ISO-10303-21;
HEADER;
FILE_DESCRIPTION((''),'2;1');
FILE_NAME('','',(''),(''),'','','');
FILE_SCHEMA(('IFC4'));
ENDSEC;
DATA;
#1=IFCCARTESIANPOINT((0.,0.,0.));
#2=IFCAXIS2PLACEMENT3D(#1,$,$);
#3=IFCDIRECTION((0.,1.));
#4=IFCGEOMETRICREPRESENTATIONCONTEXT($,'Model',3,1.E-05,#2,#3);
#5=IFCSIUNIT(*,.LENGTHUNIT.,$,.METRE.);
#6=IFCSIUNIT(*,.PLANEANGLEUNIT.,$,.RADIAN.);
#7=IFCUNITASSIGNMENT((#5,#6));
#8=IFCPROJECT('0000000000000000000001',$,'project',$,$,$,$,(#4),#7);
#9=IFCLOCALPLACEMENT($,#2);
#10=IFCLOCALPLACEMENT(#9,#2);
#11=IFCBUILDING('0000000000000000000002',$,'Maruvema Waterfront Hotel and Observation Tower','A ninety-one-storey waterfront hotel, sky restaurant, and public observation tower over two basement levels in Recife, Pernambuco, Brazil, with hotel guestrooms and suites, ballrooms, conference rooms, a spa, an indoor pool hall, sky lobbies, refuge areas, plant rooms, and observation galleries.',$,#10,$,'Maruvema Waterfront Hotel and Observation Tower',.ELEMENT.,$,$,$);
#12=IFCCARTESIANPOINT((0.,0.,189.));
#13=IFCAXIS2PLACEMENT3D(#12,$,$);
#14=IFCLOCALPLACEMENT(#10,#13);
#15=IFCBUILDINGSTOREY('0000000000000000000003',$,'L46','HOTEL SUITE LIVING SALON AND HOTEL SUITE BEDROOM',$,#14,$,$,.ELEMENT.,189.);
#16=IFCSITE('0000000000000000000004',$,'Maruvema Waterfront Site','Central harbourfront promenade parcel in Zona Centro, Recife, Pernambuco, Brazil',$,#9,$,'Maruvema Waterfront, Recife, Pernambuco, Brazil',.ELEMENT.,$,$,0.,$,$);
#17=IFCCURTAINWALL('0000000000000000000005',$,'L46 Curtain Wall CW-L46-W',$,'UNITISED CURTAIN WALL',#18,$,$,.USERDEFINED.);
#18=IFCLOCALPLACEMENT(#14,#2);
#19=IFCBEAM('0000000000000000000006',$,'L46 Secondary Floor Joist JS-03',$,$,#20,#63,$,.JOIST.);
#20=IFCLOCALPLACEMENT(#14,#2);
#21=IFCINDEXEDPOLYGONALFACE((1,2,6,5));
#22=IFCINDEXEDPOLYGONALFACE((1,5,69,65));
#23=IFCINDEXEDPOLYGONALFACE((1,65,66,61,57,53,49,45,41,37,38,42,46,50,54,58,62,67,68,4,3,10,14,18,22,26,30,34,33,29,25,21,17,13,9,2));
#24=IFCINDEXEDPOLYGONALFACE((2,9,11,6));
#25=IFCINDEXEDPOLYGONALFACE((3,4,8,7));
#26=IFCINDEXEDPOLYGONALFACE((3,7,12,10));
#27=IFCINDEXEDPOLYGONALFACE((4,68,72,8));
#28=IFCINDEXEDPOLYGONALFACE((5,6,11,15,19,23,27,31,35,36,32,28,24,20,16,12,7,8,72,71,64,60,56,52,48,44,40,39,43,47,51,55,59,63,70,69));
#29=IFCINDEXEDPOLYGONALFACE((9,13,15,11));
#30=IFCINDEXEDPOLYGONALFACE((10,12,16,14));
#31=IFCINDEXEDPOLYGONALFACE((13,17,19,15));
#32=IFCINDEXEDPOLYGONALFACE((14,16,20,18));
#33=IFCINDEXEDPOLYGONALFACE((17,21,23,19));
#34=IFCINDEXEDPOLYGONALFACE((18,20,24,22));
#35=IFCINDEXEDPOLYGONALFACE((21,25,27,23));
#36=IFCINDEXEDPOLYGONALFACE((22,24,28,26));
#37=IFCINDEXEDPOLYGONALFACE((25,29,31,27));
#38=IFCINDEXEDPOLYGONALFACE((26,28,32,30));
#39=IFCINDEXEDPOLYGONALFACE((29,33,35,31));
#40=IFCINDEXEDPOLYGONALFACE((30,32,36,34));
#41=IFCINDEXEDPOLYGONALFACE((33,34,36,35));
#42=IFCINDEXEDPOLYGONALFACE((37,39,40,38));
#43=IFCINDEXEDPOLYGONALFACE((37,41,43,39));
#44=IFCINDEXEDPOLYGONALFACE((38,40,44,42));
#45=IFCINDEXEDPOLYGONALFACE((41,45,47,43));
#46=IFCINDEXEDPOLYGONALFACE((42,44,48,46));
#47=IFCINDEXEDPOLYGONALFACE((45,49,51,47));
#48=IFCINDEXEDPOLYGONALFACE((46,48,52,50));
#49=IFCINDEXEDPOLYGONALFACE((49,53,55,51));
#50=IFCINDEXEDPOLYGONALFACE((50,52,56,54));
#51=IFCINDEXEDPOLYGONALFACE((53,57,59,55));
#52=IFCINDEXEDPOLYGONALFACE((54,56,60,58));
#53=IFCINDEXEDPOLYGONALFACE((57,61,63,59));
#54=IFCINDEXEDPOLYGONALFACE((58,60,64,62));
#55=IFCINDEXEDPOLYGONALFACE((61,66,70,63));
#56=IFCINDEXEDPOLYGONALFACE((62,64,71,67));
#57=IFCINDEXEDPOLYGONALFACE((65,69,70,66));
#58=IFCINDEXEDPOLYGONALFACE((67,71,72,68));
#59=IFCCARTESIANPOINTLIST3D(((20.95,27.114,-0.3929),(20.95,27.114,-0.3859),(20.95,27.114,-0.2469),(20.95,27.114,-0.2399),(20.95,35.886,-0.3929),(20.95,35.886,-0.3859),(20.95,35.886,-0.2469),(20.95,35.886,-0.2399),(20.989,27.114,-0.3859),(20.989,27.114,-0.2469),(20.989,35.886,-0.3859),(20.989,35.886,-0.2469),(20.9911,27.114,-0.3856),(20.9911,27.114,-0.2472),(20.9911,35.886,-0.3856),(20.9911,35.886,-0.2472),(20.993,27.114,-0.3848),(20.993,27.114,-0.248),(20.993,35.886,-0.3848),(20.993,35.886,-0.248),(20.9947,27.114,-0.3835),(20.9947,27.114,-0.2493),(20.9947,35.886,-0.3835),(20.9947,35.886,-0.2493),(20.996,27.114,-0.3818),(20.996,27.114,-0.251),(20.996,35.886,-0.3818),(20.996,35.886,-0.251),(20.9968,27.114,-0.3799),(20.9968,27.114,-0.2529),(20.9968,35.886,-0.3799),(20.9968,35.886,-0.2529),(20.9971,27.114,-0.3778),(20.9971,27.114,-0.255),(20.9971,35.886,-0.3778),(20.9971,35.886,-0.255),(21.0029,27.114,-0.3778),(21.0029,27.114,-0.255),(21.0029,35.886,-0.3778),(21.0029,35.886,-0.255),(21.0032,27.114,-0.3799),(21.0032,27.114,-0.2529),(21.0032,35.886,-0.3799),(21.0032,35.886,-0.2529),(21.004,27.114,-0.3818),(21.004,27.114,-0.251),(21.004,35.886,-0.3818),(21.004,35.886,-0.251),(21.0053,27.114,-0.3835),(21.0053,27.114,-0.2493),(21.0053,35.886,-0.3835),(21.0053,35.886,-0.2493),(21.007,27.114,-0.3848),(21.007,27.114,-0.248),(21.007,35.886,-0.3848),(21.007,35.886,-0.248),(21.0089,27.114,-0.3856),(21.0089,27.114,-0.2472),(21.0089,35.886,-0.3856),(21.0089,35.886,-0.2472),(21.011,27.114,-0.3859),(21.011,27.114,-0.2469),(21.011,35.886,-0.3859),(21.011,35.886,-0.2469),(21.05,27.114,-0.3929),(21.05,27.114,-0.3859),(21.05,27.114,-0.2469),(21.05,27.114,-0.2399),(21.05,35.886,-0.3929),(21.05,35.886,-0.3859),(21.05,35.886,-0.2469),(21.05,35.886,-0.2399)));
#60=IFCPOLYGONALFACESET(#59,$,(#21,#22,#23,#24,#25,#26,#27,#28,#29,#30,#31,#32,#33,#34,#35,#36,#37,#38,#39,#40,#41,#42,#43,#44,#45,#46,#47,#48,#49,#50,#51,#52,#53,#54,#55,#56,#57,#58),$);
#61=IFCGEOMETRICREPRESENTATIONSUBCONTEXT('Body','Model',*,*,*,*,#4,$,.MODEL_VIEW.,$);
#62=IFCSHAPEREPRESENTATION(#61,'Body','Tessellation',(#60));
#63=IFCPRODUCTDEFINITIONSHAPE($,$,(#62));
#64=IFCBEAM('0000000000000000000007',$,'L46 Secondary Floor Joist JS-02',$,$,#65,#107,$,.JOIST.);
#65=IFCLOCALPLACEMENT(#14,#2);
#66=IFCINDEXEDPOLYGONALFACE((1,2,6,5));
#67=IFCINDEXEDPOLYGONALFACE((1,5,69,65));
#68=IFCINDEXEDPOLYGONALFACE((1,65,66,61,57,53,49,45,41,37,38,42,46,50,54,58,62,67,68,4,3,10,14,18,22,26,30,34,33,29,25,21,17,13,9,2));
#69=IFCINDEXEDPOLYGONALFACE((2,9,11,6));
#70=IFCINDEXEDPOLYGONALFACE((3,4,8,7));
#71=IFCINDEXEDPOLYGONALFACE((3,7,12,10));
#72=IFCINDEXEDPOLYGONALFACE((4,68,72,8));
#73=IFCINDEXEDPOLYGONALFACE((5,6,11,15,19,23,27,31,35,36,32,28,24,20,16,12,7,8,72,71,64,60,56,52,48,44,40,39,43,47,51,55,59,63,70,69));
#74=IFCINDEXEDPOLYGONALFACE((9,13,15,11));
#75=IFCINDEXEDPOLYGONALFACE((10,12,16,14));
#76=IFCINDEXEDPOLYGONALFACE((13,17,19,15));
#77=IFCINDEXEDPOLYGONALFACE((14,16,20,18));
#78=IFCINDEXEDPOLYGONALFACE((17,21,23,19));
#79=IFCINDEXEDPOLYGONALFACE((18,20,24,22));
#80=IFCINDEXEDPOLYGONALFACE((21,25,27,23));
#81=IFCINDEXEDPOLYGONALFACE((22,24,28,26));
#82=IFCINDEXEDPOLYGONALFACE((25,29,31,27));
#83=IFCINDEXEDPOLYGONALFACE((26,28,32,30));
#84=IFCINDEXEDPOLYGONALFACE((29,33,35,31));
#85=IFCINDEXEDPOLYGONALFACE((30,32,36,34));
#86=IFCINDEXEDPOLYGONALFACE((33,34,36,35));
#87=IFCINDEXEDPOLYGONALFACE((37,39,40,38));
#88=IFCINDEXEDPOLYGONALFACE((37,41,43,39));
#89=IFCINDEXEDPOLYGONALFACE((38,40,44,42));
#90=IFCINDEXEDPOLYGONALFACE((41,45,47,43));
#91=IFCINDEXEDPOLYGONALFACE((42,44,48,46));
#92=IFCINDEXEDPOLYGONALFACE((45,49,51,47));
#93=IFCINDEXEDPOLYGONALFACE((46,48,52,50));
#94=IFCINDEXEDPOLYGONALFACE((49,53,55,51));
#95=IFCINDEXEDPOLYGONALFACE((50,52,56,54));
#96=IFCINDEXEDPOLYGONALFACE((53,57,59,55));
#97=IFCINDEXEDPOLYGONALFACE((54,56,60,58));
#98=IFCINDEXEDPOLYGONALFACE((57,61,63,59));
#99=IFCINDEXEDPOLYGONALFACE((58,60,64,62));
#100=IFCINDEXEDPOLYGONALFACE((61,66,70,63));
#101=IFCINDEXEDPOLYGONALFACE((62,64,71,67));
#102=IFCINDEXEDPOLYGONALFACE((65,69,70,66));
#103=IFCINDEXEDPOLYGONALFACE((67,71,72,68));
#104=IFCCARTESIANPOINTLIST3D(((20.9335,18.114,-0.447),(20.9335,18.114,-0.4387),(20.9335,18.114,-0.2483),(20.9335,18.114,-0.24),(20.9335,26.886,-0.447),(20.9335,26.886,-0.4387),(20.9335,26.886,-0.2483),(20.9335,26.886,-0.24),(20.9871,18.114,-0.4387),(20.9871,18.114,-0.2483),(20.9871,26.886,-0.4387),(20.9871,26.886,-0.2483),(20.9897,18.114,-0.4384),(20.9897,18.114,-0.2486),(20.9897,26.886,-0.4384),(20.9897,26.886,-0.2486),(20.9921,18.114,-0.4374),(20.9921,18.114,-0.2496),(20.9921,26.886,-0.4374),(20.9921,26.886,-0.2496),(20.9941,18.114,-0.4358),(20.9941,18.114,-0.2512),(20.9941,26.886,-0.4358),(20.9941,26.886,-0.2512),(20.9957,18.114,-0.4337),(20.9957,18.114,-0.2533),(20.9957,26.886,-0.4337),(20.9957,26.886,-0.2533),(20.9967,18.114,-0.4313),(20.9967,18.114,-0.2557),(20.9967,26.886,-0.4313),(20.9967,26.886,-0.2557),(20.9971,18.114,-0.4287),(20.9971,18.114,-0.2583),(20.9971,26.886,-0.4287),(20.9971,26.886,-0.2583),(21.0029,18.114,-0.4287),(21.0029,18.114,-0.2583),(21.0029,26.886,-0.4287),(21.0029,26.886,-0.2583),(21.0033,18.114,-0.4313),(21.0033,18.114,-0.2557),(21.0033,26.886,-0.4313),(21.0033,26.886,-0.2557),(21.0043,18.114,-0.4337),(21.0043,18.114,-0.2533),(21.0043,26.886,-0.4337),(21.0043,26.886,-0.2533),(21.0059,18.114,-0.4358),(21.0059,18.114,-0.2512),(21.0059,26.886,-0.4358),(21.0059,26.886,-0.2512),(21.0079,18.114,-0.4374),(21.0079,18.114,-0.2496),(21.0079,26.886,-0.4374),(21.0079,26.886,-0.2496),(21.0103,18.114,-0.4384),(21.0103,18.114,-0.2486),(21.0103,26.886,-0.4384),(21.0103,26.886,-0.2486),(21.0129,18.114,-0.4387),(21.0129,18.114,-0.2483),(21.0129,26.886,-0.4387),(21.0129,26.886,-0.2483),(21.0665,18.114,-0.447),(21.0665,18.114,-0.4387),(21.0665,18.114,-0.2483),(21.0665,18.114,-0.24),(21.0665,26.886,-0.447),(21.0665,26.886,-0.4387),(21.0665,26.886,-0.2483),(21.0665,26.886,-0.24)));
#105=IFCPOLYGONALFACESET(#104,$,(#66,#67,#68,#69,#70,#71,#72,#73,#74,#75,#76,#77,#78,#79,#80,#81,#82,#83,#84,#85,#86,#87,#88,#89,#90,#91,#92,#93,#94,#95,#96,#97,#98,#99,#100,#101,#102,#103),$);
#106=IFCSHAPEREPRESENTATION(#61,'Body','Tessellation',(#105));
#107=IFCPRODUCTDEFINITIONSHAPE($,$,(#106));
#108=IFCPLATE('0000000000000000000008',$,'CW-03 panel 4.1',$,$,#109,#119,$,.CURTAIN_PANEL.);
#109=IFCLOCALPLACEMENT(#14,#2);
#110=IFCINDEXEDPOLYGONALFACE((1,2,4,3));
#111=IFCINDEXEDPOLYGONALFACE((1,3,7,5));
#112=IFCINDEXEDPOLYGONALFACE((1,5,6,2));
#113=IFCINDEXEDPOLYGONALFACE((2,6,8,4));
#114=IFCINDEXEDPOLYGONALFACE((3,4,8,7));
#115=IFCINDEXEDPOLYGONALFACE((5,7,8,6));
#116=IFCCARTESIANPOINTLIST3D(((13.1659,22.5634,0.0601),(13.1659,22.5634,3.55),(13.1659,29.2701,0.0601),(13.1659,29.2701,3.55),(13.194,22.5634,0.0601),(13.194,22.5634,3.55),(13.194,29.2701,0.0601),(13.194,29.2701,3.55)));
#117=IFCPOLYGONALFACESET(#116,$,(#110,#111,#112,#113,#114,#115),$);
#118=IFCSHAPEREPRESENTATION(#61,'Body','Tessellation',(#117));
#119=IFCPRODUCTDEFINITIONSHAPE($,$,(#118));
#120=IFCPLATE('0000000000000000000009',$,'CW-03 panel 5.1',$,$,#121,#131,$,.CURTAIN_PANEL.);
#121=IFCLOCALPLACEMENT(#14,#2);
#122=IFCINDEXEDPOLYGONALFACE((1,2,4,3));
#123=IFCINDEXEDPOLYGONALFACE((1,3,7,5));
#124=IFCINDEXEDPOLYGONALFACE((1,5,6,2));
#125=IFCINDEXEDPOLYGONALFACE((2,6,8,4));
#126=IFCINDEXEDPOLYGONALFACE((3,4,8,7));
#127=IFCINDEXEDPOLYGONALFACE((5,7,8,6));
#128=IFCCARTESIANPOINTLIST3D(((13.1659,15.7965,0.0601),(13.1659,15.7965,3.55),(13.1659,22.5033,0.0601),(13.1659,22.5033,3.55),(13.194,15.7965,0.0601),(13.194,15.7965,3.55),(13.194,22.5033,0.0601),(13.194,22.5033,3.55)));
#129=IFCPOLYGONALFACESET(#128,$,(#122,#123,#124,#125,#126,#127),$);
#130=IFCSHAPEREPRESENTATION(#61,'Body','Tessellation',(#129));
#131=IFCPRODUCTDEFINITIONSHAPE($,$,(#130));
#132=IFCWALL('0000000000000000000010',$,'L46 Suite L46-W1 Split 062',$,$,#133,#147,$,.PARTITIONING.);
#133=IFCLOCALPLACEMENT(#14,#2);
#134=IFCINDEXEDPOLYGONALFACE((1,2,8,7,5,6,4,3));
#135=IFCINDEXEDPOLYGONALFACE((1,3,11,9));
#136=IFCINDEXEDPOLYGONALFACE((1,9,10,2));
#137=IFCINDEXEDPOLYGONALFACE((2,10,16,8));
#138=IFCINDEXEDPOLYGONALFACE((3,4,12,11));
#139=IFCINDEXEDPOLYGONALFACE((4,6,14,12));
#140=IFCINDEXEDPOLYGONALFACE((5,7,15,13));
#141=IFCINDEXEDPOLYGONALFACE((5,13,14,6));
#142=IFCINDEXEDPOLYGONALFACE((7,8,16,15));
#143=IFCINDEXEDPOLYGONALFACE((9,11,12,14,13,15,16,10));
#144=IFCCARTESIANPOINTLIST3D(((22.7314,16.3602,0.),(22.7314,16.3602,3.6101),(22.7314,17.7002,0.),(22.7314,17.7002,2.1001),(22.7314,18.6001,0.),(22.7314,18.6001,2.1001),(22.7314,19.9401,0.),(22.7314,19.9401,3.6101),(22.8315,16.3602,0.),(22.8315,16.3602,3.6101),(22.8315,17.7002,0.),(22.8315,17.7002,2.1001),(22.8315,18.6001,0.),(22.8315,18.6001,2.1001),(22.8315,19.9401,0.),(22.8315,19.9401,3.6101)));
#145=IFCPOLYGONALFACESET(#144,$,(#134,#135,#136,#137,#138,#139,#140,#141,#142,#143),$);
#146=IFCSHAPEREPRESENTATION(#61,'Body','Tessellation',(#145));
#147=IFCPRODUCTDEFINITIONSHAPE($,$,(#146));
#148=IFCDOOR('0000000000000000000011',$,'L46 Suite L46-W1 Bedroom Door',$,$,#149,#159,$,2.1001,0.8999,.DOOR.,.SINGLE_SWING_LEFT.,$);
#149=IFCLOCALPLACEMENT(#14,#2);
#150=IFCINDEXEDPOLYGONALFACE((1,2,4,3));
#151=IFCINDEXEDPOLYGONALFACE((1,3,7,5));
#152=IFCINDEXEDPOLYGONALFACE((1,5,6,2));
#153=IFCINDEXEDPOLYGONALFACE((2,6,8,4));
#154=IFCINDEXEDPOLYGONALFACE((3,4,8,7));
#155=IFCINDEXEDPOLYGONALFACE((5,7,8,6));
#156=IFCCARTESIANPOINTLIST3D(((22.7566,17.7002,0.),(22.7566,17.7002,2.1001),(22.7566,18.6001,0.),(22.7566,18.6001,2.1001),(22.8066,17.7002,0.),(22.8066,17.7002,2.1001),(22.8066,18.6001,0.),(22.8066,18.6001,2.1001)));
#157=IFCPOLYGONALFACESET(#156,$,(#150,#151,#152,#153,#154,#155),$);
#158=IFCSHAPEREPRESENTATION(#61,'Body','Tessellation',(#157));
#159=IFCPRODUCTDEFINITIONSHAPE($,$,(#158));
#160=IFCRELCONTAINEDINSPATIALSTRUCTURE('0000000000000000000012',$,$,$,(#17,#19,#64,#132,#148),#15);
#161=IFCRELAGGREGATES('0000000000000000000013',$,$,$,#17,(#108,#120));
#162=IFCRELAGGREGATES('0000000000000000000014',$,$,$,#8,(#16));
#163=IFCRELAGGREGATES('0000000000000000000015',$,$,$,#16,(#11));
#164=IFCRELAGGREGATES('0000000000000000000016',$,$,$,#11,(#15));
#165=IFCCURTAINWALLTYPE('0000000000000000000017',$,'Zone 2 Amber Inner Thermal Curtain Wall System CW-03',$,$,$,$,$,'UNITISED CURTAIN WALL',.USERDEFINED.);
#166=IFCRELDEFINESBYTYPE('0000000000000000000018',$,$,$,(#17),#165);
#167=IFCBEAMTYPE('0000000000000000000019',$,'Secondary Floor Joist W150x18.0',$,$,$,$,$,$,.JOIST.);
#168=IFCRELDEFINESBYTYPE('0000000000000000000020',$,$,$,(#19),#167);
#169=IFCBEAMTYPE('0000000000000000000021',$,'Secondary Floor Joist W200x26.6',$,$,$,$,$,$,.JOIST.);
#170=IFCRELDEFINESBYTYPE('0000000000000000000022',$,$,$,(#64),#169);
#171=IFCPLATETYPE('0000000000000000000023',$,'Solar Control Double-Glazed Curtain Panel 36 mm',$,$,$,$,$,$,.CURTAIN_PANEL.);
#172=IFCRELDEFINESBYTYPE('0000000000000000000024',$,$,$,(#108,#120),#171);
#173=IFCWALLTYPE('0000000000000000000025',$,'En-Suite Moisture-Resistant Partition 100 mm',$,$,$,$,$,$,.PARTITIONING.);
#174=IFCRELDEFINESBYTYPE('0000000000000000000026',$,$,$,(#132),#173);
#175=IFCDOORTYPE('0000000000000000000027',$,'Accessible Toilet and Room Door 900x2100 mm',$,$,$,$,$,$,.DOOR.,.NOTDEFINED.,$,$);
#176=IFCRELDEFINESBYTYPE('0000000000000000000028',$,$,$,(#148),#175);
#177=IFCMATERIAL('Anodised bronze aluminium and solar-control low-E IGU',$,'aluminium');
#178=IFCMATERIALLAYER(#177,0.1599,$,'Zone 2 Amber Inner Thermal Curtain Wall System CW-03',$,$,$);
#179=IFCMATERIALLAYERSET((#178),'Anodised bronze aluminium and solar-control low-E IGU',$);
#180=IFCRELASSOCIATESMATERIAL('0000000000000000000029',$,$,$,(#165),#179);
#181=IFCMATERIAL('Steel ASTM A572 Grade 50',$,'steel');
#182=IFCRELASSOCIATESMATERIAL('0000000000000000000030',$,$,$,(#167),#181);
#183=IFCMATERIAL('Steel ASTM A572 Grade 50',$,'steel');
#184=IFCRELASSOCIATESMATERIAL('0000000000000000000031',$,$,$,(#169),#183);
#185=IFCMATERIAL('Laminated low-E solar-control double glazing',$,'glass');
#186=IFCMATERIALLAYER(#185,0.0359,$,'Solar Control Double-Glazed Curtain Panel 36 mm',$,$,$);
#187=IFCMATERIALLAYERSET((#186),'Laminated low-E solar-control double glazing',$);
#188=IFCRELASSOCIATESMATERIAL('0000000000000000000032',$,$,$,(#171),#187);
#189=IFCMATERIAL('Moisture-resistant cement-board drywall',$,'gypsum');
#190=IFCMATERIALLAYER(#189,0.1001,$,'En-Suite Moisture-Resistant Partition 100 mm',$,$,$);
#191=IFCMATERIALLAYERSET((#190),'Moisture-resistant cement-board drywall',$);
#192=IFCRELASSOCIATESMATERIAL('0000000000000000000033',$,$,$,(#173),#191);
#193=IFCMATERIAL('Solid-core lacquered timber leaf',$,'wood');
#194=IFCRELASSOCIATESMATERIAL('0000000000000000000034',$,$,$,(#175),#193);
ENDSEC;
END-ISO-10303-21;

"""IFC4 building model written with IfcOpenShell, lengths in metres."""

from ifc_helpers import new_model, si_unit, direction, frame, frame_2d, origin, origin_2d, place, context, subcontext, project, spatial, rectangle, i_section, extrude, material, layer, layer_set, material_profile, profile_set, type_object, element, fill, aggregate, save


model = new_model("IFC4")

# Units and contexts
model_context = context("Model", 3, precision=1e-05, world=origin(), true_north=direction((0.0, 1.0)))
body_context = subcontext(model_context, "Body", "Model", "MODEL_VIEW")
ifc_project = project(units=[si_unit("LENGTHUNIT", "METRE"), si_unit("PLANEANGLEUNIT", "RADIAN")], contexts=[model_context])

# Site, building, storey
site_placement = place(None, origin())
site = spatial("IfcSite", under=ifc_project, at=site_placement, Name="Maruvema Waterfront Site", Description="Central harbourfront promenade parcel in Zona Centro, Recife, Pernambuco, Brazil", LongName="Maruvema Waterfront, Recife, Pernambuco, Brazil", CompositionType="ELEMENT", RefElevation=0.0)
building_placement = place(site_placement, origin())
building = spatial("IfcBuilding", under=site, at=building_placement, Name="Maruvema Waterfront Hotel and Observation Tower", Description="A ninety-one-storey waterfront hotel, sky restaurant, and public observation tower over two basement levels in Recife, Pernambuco, Brazil, with hotel guestrooms and suites, ballrooms, conference rooms, a spa, an indoor pool hall, sky lobbies, refuge areas, plant rooms, and observation galleries.", LongName="Maruvema Waterfront Hotel and Observation Tower", CompositionType="ELEMENT")
storey_placement = place(building_placement, frame((0.0, 0.0, 189.0)))
storey = spatial("IfcBuildingStorey", under=building, at=storey_placement, Name="L46", Description="HOTEL SUITE LIVING SALON AND HOTEL SUITE BEDROOM", CompositionType="ELEMENT", Elevation=189.0)

# Curtain wall
ifc_material_1 = material(Name="Anodised bronze aluminium and solar-control low-E IGU", Category="aluminium")
ifc_layer_1 = layer(ifc_material_1, 0.1599, Name="Zone 2 Amber Inner Thermal Curtain Wall System CW-03")
ifc_layer_set_1 = layer_set([ifc_layer_1], Name="Anodised bronze aluminium and solar-control low-E IGU")
curtain_wall_type = type_object("IfcCurtainWallType", Name="Zone 2 Amber Inner Thermal Curtain Wall System CW-03", ElementType="UNITISED CURTAIN WALL", PredefinedType="USERDEFINED", material=ifc_layer_set_1)
curtain_wall_placement = place(storey_placement, origin())
curtain_wall = element("IfcCurtainWall", 1, at=curtain_wall_placement, inside=storey, type_object=curtain_wall_type, Name="L46 Curtain Wall CW-L46-W", ObjectType="UNITISED CURTAIN WALL", PredefinedType="USERDEFINED")

# Beams
ifc_material_2 = material(Name="Steel ASTM A572 Grade 50", Category="steel")
ifc_material_profile_1 = material_profile(ifc_material_2, i_section(OverallWidth=0.1001, OverallDepth=0.1531, WebThickness=0.0059, FlangeThickness=0.0071, FilletRadius=0.0081, at=origin_2d()), Name="W150x18.0")
ifc_profile_set_1 = profile_set([ifc_material_profile_1], Name="Steel ASTM A572 Grade 50")
beam_type_1 = type_object("IfcBeamType", Name="Secondary Floor Joist W150x18.0", PredefinedType="JOIST", material=ifc_profile_set_1)
beam_1_placement = place(storey_placement, frame((21.0, 27.114, -0.3164), z_axis=(0.0, 1.0, 0.0), x_axis=(-1.0, 0.0, 0.0)))
element("IfcBeam", 2, at=beam_1_placement, inside=storey, type_object=beam_type_1, Name="L46 Secondary Floor Joist JS-03", PredefinedType="JOIST", context=body_context, shape_type="SweptSolid", body=[
    extrude(i_section(OverallWidth=0.1001, OverallDepth=0.1531, WebThickness=0.0059, FlangeThickness=0.0071, FilletRadius=0.0081, at=origin_2d()), origin(), (0.0, 0.0, 1.0), 8.772),
])
ifc_material_3 = material(Name="Steel ASTM A572 Grade 50", Category="steel")
ifc_material_profile_2 = material_profile(ifc_material_3, i_section(OverallWidth=0.1331, OverallDepth=0.207, WebThickness=0.0059, FlangeThickness=0.0083, FilletRadius=0.01, at=origin_2d()), Name="W200x26.6")
ifc_profile_set_2 = profile_set([ifc_material_profile_2], Name="Steel ASTM A572 Grade 50")
beam_type_2 = type_object("IfcBeamType", Name="Secondary Floor Joist W200x26.6", PredefinedType="JOIST", material=ifc_profile_set_2)
beam_2_placement = place(storey_placement, frame((21.0, 18.114, -0.3435), z_axis=(0.0, 1.0, 0.0), x_axis=(-1.0, 0.0, 0.0)))
element("IfcBeam", 3, at=beam_2_placement, inside=storey, type_object=beam_type_2, Name="L46 Secondary Floor Joist JS-02", PredefinedType="JOIST", context=body_context, shape_type="SweptSolid", body=[
    extrude(i_section(OverallWidth=0.1331, OverallDepth=0.207, WebThickness=0.0059, FlangeThickness=0.0083, FilletRadius=0.01, at=origin_2d()), origin(), (0.0, 0.0, 1.0), 8.772),
])

# Plates
ifc_material_4 = material(Name="Laminated low-E solar-control double glazing", Category="glass")
ifc_layer_2 = layer(ifc_material_4, 0.0359, Name="Solar Control Double-Glazed Curtain Panel 36 mm")
ifc_layer_set_2 = layer_set([ifc_layer_2], Name="Laminated low-E solar-control double glazing")
plate_type = type_object("IfcPlateType", Name="Solar Control Double-Glazed Curtain Panel 36 mm", PredefinedType="CURTAIN_PANEL", material=ifc_layer_set_2)
plate_1_placement = place(storey_placement, frame((13.1799, 25.9167, 0.0601), z_axis=(0.0, 0.0, 1.0), x_axis=(0.0, -1.0, 0.0)))
plate_1 = element("IfcPlate", 4, at=plate_1_placement, type_object=plate_type, Name="CW-03 panel 4.1", PredefinedType="CURTAIN_PANEL", context=body_context, shape_type="SweptSolid", body=[
    extrude(rectangle(XDim=6.7068, YDim=0.0281, at=origin_2d()), origin(), (0.0, 0.0, 1.0), 3.49),
])
plate_2_placement = place(storey_placement, frame((13.1799, 19.1499, 0.0601), z_axis=(0.0, 0.0, 1.0), x_axis=(0.0, -1.0, 0.0)))
plate_2 = element("IfcPlate", 5, at=plate_2_placement, type_object=plate_type, Name="CW-03 panel 5.1", PredefinedType="CURTAIN_PANEL", context=body_context, shape_type="SweptSolid", body=[
    extrude(rectangle(XDim=6.7068, YDim=0.0281, at=origin_2d()), origin(), (0.0, 0.0, 1.0), 3.49),
])
aggregate(curtain_wall, [plate_1, plate_2])

# Wall, opening, door
ifc_material_5 = material(Name="Moisture-resistant cement-board drywall", Category="gypsum")
ifc_layer_3 = layer(ifc_material_5, 0.1001, Name="En-Suite Moisture-Resistant Partition 100 mm")
ifc_layer_set_3 = layer_set([ifc_layer_3], Name="Moisture-resistant cement-board drywall")
wall_type_1 = type_object("IfcWallType", Name="En-Suite Moisture-Resistant Partition 100 mm", PredefinedType="PARTITIONING", material=ifc_layer_set_3)
wall_1_placement = place(storey_placement, frame((22.7815, 16.3601, 0.0), z_axis=(0.0, 0.0, 1.0), x_axis=(0.0, 1.0, 0.0)))
wall_1 = element("IfcWall", 6, at=wall_1_placement, inside=storey, type_object=wall_type_1, Name="L46 Suite L46-W1 Split 062", PredefinedType="PARTITIONING", context=body_context, shape_type="SweptSolid", body=[
    extrude(rectangle(XDim=3.5798, YDim=0.1001, at=frame_2d((1.79, 0.0))), origin(), (0.0, 0.0, 1.0), 3.6101),
])
opening_1_placement = place(wall_1_placement, frame((1.3401, 0.0, 0.0)))
opening_1 = element("IfcOpeningElement", 7, at=opening_1_placement, cuts=wall_1, PredefinedType="OPENING", context=body_context, shape_type="SweptSolid", body=[
    extrude(rectangle(XDim=0.8999, YDim=2.1001, at=frame_2d((0.45, 1.05))), frame((0.0, 0.0601, 0.0), z_axis=(0.0, -1.0, 0.0), x_axis=(1.0, 0.0, 0.0)), (0.0, 0.0, 1.0), 0.1201),
])
ifc_material_6 = material(Name="Solid-core lacquered timber leaf", Category="wood")
door_type = type_object("IfcDoorType", Name="Accessible Toilet and Room Door 900x2100 mm", OperationType="NOTDEFINED", PredefinedType="DOOR", material=ifc_material_6)
door_1_placement = place(opening_1_placement, origin())
door_1 = element("IfcDoor", 8, at=door_1_placement, inside=storey, type_object=door_type, Name="L46 Suite L46-W1 Bedroom Door", OperationType="SINGLE_SWING_LEFT", OverallHeight=2.1001, OverallWidth=0.8999, PredefinedType="DOOR", context=body_context, shape_type="SweptSolid", body=[
    extrude(rectangle(XDim=0.8999, YDim=2.1001, at=frame_2d((0.45, 1.05))), frame((0.0, 0.0249, 0.0), z_axis=(0.0, -1.0, 0.0), x_axis=(1.0, 0.0, 0.0)), (0.0, 0.0, 1.0), 0.05),
])
fill(opening_1, door_1)

save(model, "model.ifc")
